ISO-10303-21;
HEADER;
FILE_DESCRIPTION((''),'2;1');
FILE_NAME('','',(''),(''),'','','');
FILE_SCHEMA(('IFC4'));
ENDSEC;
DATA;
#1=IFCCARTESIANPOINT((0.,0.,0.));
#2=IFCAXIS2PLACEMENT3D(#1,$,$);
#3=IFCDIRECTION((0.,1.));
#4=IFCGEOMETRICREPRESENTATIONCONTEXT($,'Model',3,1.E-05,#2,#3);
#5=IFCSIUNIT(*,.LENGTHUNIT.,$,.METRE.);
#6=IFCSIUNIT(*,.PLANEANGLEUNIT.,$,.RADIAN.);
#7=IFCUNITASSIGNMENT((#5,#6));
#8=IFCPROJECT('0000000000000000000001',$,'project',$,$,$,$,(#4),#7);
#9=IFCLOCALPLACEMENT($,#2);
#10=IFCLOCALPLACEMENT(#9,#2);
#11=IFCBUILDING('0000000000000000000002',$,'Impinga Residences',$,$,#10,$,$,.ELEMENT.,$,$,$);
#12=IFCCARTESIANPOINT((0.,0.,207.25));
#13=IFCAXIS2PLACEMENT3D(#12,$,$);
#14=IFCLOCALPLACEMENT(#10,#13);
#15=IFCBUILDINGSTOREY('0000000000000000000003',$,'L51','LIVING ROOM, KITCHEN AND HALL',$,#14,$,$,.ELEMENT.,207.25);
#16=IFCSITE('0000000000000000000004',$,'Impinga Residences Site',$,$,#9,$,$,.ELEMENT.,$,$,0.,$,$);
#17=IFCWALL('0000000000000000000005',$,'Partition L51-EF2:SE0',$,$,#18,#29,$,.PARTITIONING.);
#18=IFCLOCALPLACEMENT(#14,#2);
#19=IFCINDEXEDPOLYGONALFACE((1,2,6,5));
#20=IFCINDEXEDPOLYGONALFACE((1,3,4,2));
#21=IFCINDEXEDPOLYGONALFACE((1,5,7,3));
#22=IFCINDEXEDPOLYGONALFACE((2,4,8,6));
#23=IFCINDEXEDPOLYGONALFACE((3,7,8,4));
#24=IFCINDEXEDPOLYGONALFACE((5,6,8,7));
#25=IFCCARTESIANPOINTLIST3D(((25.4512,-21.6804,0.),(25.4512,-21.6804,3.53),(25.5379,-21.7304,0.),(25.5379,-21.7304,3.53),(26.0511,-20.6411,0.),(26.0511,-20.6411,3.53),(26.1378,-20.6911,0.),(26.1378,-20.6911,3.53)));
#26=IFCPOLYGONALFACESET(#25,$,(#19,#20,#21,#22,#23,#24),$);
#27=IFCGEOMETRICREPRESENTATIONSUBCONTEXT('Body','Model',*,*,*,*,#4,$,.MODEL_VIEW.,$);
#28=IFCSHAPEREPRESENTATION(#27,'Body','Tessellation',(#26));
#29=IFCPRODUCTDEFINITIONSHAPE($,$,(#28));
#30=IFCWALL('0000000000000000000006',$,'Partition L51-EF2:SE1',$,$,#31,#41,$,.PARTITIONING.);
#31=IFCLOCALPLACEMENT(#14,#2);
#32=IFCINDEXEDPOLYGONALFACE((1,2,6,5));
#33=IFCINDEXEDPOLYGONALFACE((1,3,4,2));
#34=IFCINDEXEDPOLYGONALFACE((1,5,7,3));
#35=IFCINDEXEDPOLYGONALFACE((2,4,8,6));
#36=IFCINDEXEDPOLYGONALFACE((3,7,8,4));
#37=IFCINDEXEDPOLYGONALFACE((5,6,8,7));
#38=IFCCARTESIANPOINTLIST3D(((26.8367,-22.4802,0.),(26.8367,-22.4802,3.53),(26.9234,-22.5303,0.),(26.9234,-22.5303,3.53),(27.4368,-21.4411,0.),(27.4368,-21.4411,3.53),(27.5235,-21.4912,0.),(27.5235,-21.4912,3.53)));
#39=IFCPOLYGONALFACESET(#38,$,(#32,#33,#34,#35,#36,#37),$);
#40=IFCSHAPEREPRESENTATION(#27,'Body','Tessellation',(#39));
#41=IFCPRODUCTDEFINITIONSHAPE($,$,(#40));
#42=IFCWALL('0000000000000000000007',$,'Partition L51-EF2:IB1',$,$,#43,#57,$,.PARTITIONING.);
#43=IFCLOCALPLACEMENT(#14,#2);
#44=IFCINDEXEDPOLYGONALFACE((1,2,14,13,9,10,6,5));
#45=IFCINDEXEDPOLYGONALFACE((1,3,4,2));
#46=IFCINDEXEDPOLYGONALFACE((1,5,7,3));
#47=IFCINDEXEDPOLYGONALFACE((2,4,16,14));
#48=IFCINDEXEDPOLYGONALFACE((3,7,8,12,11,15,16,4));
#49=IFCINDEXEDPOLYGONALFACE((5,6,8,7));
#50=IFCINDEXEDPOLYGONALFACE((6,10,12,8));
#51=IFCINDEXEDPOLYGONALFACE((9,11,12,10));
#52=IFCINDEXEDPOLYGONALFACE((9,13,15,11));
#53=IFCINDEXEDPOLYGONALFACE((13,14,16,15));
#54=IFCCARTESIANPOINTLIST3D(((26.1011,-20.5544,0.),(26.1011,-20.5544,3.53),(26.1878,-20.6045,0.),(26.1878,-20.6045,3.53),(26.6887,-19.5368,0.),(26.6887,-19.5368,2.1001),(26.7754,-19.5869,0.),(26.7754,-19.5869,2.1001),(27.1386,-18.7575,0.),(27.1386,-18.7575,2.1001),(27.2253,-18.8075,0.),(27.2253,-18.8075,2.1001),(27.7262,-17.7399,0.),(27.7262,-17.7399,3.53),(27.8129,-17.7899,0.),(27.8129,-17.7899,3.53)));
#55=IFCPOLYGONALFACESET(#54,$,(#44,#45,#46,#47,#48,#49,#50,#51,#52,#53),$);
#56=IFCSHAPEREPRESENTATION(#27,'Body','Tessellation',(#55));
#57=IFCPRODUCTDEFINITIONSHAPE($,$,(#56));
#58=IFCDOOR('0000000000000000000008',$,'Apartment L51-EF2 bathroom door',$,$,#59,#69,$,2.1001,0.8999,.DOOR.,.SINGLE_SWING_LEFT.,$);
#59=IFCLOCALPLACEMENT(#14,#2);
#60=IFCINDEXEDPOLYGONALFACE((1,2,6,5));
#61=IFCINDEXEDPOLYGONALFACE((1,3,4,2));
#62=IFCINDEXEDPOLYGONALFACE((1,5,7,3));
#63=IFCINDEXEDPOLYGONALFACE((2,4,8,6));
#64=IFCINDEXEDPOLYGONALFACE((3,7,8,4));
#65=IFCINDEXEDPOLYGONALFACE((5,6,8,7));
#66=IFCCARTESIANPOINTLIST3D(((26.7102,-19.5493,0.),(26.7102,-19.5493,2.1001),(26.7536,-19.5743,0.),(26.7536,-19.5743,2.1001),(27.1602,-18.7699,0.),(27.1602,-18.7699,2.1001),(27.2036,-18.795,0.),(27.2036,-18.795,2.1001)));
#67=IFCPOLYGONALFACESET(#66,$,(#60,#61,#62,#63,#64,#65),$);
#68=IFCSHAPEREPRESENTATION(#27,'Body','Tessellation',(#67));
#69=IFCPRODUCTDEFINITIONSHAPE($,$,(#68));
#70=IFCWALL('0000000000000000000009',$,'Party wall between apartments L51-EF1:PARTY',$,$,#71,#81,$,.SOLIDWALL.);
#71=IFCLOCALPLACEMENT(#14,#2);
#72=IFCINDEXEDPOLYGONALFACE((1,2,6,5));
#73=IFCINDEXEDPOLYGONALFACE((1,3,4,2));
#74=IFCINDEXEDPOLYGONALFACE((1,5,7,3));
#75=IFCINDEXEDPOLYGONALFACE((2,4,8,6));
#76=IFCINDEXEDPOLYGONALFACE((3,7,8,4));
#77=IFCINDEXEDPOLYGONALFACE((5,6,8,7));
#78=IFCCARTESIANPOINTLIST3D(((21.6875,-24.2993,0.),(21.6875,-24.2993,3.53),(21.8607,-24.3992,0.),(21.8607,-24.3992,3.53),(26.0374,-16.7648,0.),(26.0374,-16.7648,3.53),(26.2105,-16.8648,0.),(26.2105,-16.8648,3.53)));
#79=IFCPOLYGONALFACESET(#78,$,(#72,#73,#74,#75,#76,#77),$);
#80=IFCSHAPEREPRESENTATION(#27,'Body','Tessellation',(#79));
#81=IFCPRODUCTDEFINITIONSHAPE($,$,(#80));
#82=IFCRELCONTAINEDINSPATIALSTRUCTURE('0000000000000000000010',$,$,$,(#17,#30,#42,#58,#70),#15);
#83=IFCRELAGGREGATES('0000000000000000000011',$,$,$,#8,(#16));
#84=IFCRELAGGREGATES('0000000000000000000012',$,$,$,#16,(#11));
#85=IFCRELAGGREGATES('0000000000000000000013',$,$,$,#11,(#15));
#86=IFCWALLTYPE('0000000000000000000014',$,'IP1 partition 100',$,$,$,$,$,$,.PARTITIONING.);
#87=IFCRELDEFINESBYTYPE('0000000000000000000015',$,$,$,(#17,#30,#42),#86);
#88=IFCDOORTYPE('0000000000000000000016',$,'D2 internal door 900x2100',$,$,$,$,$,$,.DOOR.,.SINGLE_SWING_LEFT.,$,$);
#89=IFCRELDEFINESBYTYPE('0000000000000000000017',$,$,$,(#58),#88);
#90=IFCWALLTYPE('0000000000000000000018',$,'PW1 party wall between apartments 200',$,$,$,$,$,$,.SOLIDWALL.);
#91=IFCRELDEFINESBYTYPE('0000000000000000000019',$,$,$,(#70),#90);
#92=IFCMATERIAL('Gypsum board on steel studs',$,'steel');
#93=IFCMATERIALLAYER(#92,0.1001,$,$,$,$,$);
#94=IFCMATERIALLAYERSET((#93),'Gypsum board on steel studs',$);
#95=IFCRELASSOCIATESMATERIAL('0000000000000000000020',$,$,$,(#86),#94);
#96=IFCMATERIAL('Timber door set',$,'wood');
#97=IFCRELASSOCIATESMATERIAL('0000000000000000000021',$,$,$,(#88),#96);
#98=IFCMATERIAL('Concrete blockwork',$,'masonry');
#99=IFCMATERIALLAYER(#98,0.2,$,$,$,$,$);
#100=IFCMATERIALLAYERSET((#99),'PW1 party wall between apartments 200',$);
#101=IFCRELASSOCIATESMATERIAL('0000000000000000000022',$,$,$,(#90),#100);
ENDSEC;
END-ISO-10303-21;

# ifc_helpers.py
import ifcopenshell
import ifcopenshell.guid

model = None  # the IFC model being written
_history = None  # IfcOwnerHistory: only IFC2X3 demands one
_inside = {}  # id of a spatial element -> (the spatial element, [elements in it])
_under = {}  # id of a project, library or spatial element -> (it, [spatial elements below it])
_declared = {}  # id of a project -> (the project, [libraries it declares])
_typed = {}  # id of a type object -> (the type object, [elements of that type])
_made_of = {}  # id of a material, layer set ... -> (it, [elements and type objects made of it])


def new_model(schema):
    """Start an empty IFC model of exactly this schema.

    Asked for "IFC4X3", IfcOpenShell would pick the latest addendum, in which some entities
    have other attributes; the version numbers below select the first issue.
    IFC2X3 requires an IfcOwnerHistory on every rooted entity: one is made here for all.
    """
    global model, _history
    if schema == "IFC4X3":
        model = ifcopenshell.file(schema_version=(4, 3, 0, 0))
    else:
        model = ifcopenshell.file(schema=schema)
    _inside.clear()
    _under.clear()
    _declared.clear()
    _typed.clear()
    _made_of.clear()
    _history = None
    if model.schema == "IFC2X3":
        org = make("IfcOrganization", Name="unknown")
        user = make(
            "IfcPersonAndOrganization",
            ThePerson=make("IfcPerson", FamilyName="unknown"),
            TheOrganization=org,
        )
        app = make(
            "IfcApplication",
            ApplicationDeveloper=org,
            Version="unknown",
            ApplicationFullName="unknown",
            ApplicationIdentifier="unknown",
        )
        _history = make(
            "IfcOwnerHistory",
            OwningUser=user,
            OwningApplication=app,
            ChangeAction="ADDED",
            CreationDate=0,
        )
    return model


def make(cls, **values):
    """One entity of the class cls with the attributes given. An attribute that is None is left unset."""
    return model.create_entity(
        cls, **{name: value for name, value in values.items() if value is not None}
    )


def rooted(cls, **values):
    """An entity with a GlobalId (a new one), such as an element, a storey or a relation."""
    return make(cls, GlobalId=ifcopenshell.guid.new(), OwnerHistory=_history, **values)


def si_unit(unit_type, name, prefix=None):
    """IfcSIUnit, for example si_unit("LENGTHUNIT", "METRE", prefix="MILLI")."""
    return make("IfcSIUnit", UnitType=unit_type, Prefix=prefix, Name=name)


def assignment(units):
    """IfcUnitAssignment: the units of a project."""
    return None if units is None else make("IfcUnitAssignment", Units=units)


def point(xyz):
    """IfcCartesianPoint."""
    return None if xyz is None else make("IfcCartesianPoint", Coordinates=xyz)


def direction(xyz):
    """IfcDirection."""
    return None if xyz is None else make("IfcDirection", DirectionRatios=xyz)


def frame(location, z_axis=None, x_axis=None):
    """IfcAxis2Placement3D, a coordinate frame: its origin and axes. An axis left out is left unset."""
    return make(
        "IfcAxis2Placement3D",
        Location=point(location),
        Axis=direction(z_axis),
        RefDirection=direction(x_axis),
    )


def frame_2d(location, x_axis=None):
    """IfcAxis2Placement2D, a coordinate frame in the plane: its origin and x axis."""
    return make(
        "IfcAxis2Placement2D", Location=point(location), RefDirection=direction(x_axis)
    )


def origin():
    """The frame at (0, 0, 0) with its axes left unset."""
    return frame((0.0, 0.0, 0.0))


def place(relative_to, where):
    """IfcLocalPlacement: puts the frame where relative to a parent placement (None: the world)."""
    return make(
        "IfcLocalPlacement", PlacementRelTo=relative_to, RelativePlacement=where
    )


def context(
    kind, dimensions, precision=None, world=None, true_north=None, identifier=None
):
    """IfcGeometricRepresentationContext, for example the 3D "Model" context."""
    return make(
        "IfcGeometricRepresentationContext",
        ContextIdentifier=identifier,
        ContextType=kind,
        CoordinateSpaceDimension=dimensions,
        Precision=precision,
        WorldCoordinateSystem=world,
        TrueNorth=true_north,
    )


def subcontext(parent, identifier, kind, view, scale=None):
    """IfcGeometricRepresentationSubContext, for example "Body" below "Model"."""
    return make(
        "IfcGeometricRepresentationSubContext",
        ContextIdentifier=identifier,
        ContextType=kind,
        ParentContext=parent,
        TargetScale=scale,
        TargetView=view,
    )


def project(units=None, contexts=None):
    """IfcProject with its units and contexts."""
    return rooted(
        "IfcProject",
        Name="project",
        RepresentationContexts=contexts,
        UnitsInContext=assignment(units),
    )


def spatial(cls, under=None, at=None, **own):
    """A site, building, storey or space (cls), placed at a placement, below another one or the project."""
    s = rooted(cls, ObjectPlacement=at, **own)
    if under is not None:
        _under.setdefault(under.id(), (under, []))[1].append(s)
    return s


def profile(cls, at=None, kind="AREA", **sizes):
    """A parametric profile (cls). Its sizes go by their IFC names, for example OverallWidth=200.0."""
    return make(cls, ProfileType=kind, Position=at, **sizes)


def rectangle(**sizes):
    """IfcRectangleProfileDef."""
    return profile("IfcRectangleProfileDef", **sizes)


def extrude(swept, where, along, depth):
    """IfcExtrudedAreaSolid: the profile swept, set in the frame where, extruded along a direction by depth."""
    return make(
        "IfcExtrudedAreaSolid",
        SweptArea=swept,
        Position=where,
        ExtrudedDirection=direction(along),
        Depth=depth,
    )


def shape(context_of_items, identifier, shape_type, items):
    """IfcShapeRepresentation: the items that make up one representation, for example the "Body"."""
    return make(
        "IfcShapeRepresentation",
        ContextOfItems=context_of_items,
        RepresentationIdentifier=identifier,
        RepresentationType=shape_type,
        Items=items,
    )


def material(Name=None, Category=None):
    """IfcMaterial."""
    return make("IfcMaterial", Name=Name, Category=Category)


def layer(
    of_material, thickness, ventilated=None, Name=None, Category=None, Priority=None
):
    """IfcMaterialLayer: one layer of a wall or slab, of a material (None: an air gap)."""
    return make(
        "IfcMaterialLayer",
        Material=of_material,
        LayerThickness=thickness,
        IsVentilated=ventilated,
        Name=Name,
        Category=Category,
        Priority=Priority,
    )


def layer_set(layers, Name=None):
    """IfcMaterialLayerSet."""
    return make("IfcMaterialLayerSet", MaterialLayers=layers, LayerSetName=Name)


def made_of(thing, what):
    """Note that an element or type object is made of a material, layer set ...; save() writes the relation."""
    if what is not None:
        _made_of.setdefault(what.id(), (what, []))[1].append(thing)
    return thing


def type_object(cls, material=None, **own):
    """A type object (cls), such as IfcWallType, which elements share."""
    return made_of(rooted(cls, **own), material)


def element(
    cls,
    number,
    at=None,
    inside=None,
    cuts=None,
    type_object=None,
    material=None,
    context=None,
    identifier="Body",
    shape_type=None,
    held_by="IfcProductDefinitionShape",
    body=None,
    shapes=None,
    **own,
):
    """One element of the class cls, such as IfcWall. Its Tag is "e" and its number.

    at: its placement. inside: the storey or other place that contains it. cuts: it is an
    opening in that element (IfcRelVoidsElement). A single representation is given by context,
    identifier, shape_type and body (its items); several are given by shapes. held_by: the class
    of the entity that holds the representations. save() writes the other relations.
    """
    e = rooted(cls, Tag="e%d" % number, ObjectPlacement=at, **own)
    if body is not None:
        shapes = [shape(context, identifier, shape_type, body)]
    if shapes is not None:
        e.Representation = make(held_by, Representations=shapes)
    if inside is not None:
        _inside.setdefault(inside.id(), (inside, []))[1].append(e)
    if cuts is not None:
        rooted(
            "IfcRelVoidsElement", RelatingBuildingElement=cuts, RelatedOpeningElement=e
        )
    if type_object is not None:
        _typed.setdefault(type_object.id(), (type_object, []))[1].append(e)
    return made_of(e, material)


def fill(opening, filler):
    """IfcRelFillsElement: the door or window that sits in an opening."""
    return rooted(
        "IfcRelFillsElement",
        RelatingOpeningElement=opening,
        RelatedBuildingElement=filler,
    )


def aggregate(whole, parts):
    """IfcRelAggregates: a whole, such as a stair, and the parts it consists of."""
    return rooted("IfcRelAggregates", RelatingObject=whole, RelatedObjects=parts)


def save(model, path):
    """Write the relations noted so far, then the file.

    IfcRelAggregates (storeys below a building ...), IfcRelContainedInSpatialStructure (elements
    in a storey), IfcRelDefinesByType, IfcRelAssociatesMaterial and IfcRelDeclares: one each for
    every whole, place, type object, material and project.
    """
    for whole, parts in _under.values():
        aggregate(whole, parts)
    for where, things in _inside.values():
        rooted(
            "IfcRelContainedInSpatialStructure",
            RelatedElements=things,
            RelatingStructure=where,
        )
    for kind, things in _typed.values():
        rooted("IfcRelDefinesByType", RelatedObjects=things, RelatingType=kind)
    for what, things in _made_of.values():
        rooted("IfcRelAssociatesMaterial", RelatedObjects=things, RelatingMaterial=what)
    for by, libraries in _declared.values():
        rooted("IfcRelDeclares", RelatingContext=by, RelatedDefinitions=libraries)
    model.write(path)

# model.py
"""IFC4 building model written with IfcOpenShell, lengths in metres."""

from ifc_helpers import new_model, si_unit, direction, frame, frame_2d, origin, place, context, subcontext, project, spatial, rectangle, extrude, material, layer, layer_set, type_object, element, fill, save


model = new_model("IFC4")

# Units and contexts
model_context = context("Model", 3, precision=1e-05, world=origin(), true_north=direction((0.0, 1.0)))
body_context = subcontext(model_context, "Body", "Model", "MODEL_VIEW")
ifc_project = project(units=[si_unit("LENGTHUNIT", "METRE"), si_unit("PLANEANGLEUNIT", "RADIAN")], contexts=[model_context])

# Site, building, storey
site_placement = place(None, origin())
site = spatial("IfcSite", under=ifc_project, at=site_placement, Name="Impinga Residences Site", CompositionType="ELEMENT", RefElevation=0.0)
building_placement = place(site_placement, origin())
building = spatial("IfcBuilding", under=site, at=building_placement, Name="Impinga Residences", CompositionType="ELEMENT")
storey_placement = place(building_placement, frame((0.0, 0.0, 207.25)))
storey = spatial("IfcBuildingStorey", under=building, at=storey_placement, Name="L51", Description="LIVING ROOM, KITCHEN AND HALL", CompositionType="ELEMENT", Elevation=207.25)

# Shared definitions
ifc_material_1 = material(Name="Concrete blockwork", Category="masonry")
ifc_material_2 = material(Name="Timber door set", Category="wood")

# Shared definitions
ifc_material_3 = material(Name="Gypsum board on steel studs", Category="steel")
ifc_layer_1 = layer(ifc_material_3, 0.1001)
ifc_layer_set_1 = layer_set([ifc_layer_1], Name="Gypsum board on steel studs")
wall_type_1 = type_object("IfcWallType", Name="IP1 partition 100", PredefinedType="PARTITIONING", material=ifc_layer_set_1)

# Shared definitions
door_type_1 = type_object("IfcDoorType", Name="D2 internal door 900x2100", OperationType="SINGLE_SWING_LEFT", PredefinedType="DOOR", material=ifc_material_2)

# Walls
for number, where, z_axis, x_axis, name in (
    (1, (26.0945, -20.666, 0.0), (0.0, 0.0, 1.0), (-0.499881, -0.866094, 0.0), "Partition L51-EF2:SE0"),
    (2, (27.4802, -21.4661, 0.0), (0.0, 0.0, 1.0), (-0.500122, -0.865955, 0.0), "Partition L51-EF2:SE1"),
):
    element("IfcWall", number, at=place(storey_placement, frame(where, z_axis=z_axis, x_axis=x_axis)), inside=storey, type_object=wall_type_1, Name=name, PredefinedType="PARTITIONING", context=body_context, shape_type="SweptSolid", body=[
        extrude(rectangle(XDim=1.2, YDim=0.1001, at=frame_2d((0.6001, 0.0))), origin(), (0.0, 0.0, 1.0), 3.53),
    ])

# Wall, opening, door
wall_1_placement = place(storey_placement, frame((27.7695, -17.7649, 0.0), z_axis=(0.0, 0.0, 1.0), x_axis=(-0.500017, -0.866015, 0.0)))
wall_1 = element("IfcWall", 3, at=wall_1_placement, inside=storey, type_object=wall_type_1, Name="Partition L51-EF2:IB1", PredefinedType="PARTITIONING", context=body_context, shape_type="SweptSolid", body=[
    extrude(rectangle(XDim=3.25, YDim=0.1001, at=frame_2d((1.625, 0.0))), origin(), (0.0, 0.0, 1.0), 3.53),
])
opening_1_placement = place(wall_1_placement, frame((1.175, 0.0, 0.0)))
opening_1 = element("IfcOpeningElement", 4, at=opening_1_placement, cuts=wall_1, PredefinedType="OPENING", context=body_context, shape_type="SweptSolid", body=[
    extrude(rectangle(XDim=0.8999, YDim=2.1001, at=frame_2d((0.45, 1.05))), frame((0.0, 0.0601, 0.0), z_axis=(0.0, -1.0, 0.0), x_axis=(1.0, 0.0, 0.0)), (0.0, 0.0, 1.0), 0.1201),
])
door_1_placement = place(opening_1_placement, origin())
door_1 = element("IfcDoor", 5, at=door_1_placement, inside=storey, type_object=door_type_1, Name="Apartment L51-EF2 bathroom door", OperationType="SINGLE_SWING_LEFT", OverallHeight=2.1001, OverallWidth=0.8999, PredefinedType="DOOR", context=body_context, shape_type="SweptSolid", body=[
    extrude(rectangle(XDim=0.8999, YDim=2.1001, at=frame_2d((0.45, 1.05))), frame((0.0, 0.0249, 0.0), z_axis=(0.0, -1.0, 0.0), x_axis=(1.0, 0.0, 0.0)), (0.0, 0.0, 1.0), 0.05),
])
fill(opening_1, door_1)

# Wall
ifc_layer_2 = layer(ifc_material_1, 0.2)
ifc_layer_set_2 = layer_set([ifc_layer_2], Name="PW1 party wall between apartments 200")
wall_type_2 = type_object("IfcWallType", Name="PW1 party wall between apartments 200", PredefinedType="SOLIDWALL", material=ifc_layer_set_2)
wall_2_placement = place(storey_placement, frame((26.124, -16.8147, 0.0), z_axis=(0.0, 0.0, 1.0), x_axis=(-0.499987, -0.866033, 0.0)))
element("IfcWall", 6, at=wall_2_placement, inside=storey, type_object=wall_type_2, Name="Party wall between apartments L51-EF1:PARTY", PredefinedType="SOLIDWALL", context=body_context, shape_type="SweptSolid", body=[
    extrude(rectangle(XDim=8.7, YDim=0.2, at=frame_2d((4.3501, 0.0))), origin(), (0.0, 0.0, 1.0), 3.53),
])

save(model, "model.ifc")
